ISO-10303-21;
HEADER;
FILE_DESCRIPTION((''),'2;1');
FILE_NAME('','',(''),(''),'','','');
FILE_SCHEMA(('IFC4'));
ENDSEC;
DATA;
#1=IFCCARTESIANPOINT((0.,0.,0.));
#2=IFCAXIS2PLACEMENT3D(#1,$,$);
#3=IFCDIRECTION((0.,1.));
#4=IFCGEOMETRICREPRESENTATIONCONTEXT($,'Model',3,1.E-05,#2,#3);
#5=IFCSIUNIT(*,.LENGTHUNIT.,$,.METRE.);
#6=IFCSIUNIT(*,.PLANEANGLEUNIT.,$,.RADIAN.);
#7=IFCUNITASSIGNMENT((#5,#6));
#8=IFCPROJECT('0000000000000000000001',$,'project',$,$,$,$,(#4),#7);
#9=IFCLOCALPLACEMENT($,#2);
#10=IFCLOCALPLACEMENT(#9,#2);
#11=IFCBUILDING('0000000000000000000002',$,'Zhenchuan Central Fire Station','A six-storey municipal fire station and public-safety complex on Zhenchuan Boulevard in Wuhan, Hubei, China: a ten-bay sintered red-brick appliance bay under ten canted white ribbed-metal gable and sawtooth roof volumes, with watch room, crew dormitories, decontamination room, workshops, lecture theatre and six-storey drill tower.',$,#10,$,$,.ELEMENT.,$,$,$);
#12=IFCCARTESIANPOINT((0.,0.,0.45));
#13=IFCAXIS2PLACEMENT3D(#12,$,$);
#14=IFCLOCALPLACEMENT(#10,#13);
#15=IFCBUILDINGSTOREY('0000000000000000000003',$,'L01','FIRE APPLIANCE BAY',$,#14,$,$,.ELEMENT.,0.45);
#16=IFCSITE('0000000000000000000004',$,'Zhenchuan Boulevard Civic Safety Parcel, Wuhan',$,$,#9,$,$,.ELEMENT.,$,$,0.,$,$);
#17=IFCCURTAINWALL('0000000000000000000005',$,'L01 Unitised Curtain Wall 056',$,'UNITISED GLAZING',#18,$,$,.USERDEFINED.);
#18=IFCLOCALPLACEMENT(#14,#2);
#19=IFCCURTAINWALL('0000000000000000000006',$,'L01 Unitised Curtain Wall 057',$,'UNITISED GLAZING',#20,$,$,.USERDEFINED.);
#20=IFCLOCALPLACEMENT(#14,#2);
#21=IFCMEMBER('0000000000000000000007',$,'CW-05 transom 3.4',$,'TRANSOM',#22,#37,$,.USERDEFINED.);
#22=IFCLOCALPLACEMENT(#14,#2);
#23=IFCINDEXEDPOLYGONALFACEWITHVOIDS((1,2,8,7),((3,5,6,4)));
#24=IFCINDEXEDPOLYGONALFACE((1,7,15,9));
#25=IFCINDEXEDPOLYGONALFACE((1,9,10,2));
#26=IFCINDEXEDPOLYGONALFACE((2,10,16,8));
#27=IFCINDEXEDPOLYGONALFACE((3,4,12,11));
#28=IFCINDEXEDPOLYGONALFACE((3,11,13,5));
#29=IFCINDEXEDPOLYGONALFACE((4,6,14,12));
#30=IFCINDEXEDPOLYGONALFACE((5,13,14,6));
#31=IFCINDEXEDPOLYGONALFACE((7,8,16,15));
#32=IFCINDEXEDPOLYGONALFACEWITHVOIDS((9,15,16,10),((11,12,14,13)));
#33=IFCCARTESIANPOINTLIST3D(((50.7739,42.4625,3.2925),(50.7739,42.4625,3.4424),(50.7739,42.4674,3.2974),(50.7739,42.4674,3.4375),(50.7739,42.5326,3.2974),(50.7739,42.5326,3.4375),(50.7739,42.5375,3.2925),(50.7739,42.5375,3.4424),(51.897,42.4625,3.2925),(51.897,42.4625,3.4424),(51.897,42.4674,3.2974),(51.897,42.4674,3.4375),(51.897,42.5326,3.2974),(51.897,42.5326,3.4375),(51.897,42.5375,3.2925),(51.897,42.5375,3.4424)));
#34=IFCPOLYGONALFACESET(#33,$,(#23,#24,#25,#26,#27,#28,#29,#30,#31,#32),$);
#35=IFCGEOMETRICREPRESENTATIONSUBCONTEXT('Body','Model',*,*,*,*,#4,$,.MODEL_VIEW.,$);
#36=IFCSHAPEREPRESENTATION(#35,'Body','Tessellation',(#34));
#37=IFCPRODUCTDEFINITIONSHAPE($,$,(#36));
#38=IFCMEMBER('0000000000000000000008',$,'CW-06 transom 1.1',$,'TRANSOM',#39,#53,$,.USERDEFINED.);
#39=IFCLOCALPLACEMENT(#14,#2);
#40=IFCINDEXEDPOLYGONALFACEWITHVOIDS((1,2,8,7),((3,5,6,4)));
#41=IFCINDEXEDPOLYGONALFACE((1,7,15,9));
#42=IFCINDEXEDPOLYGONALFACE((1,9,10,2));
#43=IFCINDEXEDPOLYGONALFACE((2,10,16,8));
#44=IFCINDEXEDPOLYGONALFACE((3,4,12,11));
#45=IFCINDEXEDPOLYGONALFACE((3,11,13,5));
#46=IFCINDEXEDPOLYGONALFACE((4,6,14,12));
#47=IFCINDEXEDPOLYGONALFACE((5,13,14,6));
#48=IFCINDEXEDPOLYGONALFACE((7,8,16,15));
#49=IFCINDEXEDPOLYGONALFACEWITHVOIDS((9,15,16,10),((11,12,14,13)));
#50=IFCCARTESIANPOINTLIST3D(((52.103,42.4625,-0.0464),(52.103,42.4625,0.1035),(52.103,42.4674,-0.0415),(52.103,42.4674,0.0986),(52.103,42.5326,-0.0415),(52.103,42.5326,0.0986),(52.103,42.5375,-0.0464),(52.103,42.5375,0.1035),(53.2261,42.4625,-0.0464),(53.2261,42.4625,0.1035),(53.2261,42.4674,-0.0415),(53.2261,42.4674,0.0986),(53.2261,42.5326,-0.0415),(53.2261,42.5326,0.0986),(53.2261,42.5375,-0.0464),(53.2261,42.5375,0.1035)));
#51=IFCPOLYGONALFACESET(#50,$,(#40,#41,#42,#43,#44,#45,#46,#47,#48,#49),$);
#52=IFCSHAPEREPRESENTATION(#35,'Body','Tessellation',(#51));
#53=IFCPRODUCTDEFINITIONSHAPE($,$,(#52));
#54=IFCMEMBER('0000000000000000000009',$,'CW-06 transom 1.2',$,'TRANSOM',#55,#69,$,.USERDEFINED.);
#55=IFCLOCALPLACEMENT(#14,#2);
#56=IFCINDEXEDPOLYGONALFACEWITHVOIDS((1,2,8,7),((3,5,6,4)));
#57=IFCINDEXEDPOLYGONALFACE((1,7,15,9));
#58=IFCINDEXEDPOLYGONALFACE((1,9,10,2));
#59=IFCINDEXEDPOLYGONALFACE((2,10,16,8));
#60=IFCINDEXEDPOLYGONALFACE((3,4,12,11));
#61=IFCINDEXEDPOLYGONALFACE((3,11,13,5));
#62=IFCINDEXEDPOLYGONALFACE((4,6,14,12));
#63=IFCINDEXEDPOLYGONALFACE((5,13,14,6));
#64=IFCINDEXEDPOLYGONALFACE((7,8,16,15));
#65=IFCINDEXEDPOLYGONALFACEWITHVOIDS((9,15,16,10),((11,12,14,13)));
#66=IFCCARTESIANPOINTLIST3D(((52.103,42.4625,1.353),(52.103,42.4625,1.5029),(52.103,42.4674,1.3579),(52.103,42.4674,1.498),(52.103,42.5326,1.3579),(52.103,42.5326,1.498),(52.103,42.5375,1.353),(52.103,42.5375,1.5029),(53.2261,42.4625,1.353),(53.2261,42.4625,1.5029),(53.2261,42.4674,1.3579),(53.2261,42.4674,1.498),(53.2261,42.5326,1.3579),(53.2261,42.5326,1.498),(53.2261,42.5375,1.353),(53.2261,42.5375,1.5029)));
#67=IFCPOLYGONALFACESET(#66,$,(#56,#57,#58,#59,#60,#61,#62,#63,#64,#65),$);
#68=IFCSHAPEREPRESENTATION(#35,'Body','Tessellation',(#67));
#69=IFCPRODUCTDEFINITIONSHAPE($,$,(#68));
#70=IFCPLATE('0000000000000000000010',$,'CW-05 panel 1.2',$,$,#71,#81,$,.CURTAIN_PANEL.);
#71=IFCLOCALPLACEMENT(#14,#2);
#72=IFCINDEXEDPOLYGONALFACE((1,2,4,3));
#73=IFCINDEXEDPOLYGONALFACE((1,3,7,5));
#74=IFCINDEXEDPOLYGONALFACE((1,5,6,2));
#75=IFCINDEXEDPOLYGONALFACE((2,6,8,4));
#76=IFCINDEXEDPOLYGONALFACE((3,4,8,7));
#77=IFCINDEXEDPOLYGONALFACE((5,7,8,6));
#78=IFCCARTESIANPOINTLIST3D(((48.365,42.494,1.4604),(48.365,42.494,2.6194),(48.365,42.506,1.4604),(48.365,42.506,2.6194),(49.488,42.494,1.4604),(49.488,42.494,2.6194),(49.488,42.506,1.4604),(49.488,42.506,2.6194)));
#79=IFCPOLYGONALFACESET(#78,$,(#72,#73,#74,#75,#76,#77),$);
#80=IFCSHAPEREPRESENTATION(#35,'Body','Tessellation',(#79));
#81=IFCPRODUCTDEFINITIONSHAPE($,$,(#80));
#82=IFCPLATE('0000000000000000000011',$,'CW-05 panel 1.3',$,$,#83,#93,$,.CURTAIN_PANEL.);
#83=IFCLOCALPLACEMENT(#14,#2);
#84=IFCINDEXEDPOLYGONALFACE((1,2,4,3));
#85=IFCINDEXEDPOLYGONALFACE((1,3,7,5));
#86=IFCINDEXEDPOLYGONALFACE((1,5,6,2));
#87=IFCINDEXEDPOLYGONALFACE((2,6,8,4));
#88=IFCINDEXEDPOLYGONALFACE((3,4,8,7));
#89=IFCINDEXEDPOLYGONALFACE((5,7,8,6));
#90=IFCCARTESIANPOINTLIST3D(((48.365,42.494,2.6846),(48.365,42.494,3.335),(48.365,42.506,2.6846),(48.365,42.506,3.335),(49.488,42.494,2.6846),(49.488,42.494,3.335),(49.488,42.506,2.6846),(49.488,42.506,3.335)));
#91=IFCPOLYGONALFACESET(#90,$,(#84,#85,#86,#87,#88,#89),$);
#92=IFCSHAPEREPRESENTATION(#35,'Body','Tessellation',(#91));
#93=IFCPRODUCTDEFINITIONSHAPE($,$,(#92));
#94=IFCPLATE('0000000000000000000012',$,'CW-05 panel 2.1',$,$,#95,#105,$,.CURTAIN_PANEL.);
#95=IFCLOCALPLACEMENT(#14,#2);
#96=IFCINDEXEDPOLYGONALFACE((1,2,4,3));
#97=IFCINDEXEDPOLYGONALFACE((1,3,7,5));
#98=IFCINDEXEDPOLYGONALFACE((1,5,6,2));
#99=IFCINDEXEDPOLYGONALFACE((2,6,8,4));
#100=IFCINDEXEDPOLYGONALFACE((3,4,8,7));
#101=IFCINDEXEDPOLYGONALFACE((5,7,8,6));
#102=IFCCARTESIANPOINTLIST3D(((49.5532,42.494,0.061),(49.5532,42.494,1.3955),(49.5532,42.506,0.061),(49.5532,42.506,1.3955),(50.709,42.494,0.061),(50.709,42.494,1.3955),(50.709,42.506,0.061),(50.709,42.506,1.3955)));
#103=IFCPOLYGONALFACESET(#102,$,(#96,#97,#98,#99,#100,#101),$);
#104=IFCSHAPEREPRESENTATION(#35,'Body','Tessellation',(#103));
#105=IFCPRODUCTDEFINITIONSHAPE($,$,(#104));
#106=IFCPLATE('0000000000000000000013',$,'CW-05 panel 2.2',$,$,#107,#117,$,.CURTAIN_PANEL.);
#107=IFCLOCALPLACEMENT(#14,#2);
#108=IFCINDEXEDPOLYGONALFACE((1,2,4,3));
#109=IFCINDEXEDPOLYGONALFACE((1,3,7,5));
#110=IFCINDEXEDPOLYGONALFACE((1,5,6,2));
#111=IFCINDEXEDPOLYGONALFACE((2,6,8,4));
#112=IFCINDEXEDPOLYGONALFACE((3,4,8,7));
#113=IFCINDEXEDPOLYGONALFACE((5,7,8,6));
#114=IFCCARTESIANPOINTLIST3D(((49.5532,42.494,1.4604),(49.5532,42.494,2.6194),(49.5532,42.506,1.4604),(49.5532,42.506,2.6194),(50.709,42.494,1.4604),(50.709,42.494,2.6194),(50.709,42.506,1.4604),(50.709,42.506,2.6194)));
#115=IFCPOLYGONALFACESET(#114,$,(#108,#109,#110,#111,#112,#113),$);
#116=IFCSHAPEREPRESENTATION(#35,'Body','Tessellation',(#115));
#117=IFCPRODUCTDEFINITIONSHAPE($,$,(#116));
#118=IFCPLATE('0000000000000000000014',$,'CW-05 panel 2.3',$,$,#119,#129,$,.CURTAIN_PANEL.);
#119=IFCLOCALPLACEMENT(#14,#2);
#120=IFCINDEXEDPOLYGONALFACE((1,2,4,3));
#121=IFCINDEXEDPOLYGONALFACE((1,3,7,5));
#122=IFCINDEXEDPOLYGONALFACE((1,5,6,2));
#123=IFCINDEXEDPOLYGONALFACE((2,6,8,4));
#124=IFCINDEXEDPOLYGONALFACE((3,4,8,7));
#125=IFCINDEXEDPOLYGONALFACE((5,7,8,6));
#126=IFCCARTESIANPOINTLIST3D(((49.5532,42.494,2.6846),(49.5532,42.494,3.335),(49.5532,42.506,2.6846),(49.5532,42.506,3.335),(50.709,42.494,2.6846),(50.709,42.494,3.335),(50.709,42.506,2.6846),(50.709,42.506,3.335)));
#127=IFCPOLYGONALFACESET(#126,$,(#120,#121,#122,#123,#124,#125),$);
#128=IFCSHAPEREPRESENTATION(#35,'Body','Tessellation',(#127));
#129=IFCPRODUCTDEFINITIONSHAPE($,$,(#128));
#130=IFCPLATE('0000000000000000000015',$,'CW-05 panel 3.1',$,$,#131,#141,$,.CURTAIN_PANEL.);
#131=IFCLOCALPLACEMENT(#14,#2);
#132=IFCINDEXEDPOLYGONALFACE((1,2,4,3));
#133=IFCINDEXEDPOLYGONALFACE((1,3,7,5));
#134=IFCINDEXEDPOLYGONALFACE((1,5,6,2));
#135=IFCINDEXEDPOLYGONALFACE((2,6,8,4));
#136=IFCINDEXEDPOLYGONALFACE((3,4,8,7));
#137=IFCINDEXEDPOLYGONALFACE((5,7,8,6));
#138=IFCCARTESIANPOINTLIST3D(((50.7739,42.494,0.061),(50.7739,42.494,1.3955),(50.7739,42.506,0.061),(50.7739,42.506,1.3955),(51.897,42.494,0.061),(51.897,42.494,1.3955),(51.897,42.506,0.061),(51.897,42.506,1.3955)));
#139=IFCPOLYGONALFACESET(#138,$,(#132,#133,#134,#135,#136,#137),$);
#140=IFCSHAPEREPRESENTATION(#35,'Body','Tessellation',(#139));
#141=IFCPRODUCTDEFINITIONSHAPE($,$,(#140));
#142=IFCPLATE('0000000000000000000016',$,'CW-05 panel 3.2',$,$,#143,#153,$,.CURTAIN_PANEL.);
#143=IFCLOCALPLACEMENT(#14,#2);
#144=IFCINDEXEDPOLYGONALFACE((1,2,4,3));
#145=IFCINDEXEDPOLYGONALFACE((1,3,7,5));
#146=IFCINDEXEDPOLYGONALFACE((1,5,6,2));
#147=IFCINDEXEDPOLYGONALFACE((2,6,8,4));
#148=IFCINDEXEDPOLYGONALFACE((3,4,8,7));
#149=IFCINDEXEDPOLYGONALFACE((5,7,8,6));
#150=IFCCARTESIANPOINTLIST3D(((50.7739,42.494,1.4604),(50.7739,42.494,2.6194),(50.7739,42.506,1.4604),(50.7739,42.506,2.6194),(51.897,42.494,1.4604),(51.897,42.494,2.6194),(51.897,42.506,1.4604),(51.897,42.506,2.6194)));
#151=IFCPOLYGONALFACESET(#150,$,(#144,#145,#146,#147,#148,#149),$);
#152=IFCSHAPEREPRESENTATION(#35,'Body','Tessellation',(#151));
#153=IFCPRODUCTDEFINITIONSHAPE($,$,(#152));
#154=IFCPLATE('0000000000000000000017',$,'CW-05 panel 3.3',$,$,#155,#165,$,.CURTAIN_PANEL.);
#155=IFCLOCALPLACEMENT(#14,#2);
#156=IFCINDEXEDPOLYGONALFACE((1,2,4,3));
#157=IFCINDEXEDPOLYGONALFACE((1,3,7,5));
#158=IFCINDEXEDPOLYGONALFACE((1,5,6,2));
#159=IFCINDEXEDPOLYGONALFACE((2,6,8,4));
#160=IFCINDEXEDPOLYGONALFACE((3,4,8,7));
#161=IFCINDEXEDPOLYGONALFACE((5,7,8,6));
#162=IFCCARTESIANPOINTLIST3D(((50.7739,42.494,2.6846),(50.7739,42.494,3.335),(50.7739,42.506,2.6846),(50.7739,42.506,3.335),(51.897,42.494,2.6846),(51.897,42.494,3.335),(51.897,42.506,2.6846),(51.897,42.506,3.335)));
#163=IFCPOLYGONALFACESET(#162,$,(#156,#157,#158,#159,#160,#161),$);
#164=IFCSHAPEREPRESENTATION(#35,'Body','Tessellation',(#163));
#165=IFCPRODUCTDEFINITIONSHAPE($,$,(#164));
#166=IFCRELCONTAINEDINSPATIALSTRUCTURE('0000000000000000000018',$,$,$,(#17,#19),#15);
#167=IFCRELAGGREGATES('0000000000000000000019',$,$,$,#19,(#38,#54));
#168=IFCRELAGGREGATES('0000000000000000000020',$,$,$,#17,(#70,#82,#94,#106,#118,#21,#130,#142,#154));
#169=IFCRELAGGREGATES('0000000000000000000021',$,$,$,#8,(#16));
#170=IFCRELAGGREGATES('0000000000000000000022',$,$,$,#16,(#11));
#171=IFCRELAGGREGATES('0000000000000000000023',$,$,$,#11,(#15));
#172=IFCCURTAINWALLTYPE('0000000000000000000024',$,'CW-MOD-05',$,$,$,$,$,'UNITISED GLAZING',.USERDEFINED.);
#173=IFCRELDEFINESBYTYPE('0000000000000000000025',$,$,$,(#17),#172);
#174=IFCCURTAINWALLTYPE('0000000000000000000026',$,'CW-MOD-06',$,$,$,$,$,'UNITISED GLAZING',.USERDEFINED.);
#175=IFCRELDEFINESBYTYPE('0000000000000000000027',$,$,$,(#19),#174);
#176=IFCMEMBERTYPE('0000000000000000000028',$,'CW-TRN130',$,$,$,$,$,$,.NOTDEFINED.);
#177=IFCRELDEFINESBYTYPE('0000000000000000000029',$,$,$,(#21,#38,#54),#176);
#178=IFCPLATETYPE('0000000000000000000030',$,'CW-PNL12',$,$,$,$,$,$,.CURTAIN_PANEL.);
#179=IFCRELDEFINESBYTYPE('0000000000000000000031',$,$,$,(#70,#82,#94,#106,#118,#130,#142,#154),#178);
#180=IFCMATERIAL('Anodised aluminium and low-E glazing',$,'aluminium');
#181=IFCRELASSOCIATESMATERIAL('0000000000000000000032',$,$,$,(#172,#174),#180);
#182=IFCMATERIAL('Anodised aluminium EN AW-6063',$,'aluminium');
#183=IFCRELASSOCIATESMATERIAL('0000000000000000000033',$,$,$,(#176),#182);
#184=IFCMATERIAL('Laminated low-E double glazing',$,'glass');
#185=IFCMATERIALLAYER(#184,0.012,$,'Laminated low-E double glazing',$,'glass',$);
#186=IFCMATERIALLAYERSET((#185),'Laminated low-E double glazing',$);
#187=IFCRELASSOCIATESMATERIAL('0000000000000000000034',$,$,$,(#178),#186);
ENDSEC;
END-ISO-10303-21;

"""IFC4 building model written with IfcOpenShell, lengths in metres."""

from ifc_helpers import new_model, si_unit, direction, frame, origin, origin_2d, place, context, subcontext, project, spatial, rectangle, hollow_rectangle, extrude, material, layer, layer_set, material_profile, profile_set, type_object, element, aggregate, save


model = new_model("IFC4")

# Units and contexts
model_context = context("Model", 3, precision=1e-05, world=origin(), true_north=direction((0.0, 1.0)))
body_context = subcontext(model_context, "Body", "Model", "MODEL_VIEW")
ifc_project = project(units=[si_unit("LENGTHUNIT", "METRE"), si_unit("PLANEANGLEUNIT", "RADIAN")], contexts=[model_context])

# Site, building, storey
site_placement = place(None, origin())
site = spatial("IfcSite", under=ifc_project, at=site_placement, Name="Zhenchuan Boulevard Civic Safety Parcel, Wuhan", CompositionType="ELEMENT", RefElevation=0.0)
building_placement = place(site_placement, origin())
building = spatial("IfcBuilding", under=site, at=building_placement, Name="Zhenchuan Central Fire Station", Description="A six-storey municipal fire station and public-safety complex on Zhenchuan Boulevard in Wuhan, Hubei, China: a ten-bay sintered red-brick appliance bay under ten canted white ribbed-metal gable and sawtooth roof volumes, with watch room, crew dormitories, decontamination room, workshops, lecture theatre and six-storey drill tower.", CompositionType="ELEMENT")
storey_placement = place(building_placement, frame((0.0, 0.0, 0.45)))
storey = spatial("IfcBuildingStorey", under=building, at=storey_placement, Name="L01", Description="FIRE APPLIANCE BAY", CompositionType="ELEMENT", Elevation=0.45)

# Curtain wall
ifc_material_1 = material(Name="Anodised aluminium and low-E glazing", Category="aluminium")
curtain_wall_type_1 = type_object("IfcCurtainWallType", Name="CW-MOD-05", ElementType="UNITISED GLAZING", PredefinedType="USERDEFINED", material=ifc_material_1)
curtain_wall_1_placement = place(storey_placement, origin())
curtain_wall_1 = element("IfcCurtainWall", 1, at=curtain_wall_1_placement, inside=storey, type_object=curtain_wall_type_1, Name="L01 Unitised Curtain Wall 056", ObjectType="UNITISED GLAZING", PredefinedType="USERDEFINED")
ifc_material_2 = material(Name="Anodised aluminium EN AW-6063", Category="aluminium")

# Curtain wall
curtain_wall_type_2 = type_object("IfcCurtainWallType", Name="CW-MOD-06", ElementType="UNITISED GLAZING", PredefinedType="USERDEFINED", material=ifc_material_1)
curtain_wall_2_placement = place(storey_placement, origin())
curtain_wall_2 = element("IfcCurtainWall", 2, at=curtain_wall_2_placement, inside=storey, type_object=curtain_wall_type_2, Name="L01 Unitised Curtain Wall 057", ObjectType="UNITISED GLAZING", PredefinedType="USERDEFINED")

# Members
ifc_material_profile_1 = material_profile(ifc_material_2, hollow_rectangle(XDim=0.075, YDim=0.1499, WallThickness=0.0049, at=origin_2d()), Name="ALU-T 150x75")
ifc_profile_set_1 = profile_set([ifc_material_profile_1], Name="Anodised aluminium EN AW-6063")
member_type_1 = type_object("IfcMemberType", Name="CW-TRN130", PredefinedType="NOTDEFINED", material=ifc_profile_set_1)
member_1_placement = place(storey_placement, frame((50.7739, 42.5, 3.3674), z_axis=(1.0, 0.0, 0.0), x_axis=(0.0, 1.0, 0.0)))
member_1 = element("IfcMember", 3, at=member_1_placement, type_object=member_type_1, Name="CW-05 transom 3.4", ObjectType="TRANSOM", PredefinedType="USERDEFINED", context=body_context, shape_type="SweptSolid", body=[
    extrude(hollow_rectangle(XDim=0.075, YDim=0.1499, WallThickness=0.0049, at=origin_2d()), origin(), (0.0, 0.0, 1.0), 1.123),
])
member_2_placement = place(storey_placement, frame((52.103, 42.5, 0.0286), z_axis=(1.0, 0.0, 0.0), x_axis=(0.0, 1.0, 0.0)))
member_2 = element("IfcMember", 4, at=member_2_placement, type_object=member_type_1, Name="CW-06 transom 1.1", ObjectType="TRANSOM", PredefinedType="USERDEFINED", context=body_context, shape_type="SweptSolid", body=[
    extrude(hollow_rectangle(XDim=0.075, YDim=0.1499, WallThickness=0.0049, at=origin_2d()), origin(), (0.0, 0.0, 1.0), 1.123),
])
member_3_placement = place(storey_placement, frame((52.103, 42.5, 1.428), z_axis=(1.0, 0.0, 0.0), x_axis=(0.0, 1.0, 0.0)))
member_3 = element("IfcMember", 5, at=member_3_placement, type_object=member_type_1, Name="CW-06 transom 1.2", ObjectType="TRANSOM", PredefinedType="USERDEFINED", context=body_context, shape_type="SweptSolid", body=[
    extrude(hollow_rectangle(XDim=0.075, YDim=0.1499, WallThickness=0.0049, at=origin_2d()), origin(), (0.0, 0.0, 1.0), 1.123),
])
aggregate(curtain_wall_2, [member_2, member_3])

# Plates
ifc_material_3 = material(Name="Laminated low-E double glazing", Category="glass")
ifc_layer = layer(ifc_material_3, 0.012, Name="Laminated low-E double glazing", Category="glass")
ifc_layer_set = layer_set([ifc_layer], Name="Laminated low-E double glazing")
plate_type = type_object("IfcPlateType", Name="CW-PNL12", PredefinedType="CURTAIN_PANEL", material=ifc_layer_set)
plate_1_placement = place(storey_placement, frame((48.9265, 42.5, 1.4604), z_axis=(0.0, 0.0, 1.0), x_axis=(1.0, 0.0, 0.0)))
plate_1 = element("IfcPlate", 6, at=plate_1_placement, type_object=plate_type, Name="CW-05 panel 1.2", PredefinedType="CURTAIN_PANEL", context=body_context, shape_type="SweptSolid", body=[
    extrude(rectangle(XDim=1.123, YDim=0.012, at=origin_2d()), origin(), (0.0, 0.0, 1.0), 1.1589),
])
plate_2_placement = place(storey_placement, frame((48.9265, 42.5, 2.6846), z_axis=(0.0, 0.0, 1.0), x_axis=(1.0, 0.0, 0.0)))
plate_2 = element("IfcPlate", 7, at=plate_2_placement, type_object=plate_type, Name="CW-05 panel 1.3", PredefinedType="CURTAIN_PANEL", context=body_context, shape_type="SweptSolid", body=[
    extrude(rectangle(XDim=1.123, YDim=0.012, at=origin_2d()), origin(), (0.0, 0.0, 1.0), 0.6504),
])
plate_3_placement = place(storey_placement, frame((50.1311, 42.5, 0.061), z_axis=(0.0, 0.0, 1.0), x_axis=(1.0, 0.0, 0.0)))
plate_3 = element("IfcPlate", 8, at=plate_3_placement, type_object=plate_type, Name="CW-05 panel 2.1", PredefinedType="CURTAIN_PANEL", context=body_context, shape_type="SweptSolid", body=[
    extrude(rectangle(XDim=1.1558, YDim=0.012, at=origin_2d()), origin(), (0.0, 0.0, 1.0), 1.3345),
])
plate_4_placement = place(storey_placement, frame((50.1311, 42.5, 1.4604), z_axis=(0.0, 0.0, 1.0), x_axis=(1.0, 0.0, 0.0)))
plate_4 = element("IfcPlate", 9, at=plate_4_placement, type_object=plate_type, Name="CW-05 panel 2.2", PredefinedType="CURTAIN_PANEL", context=body_context, shape_type="SweptSolid", body=[
    extrude(rectangle(XDim=1.1558, YDim=0.012, at=origin_2d()), origin(), (0.0, 0.0, 1.0), 1.1589),
])
plate_5_placement = place(storey_placement, frame((50.1311, 42.5, 2.6846), z_axis=(0.0, 0.0, 1.0), x_axis=(1.0, 0.0, 0.0)))
plate_5 = element("IfcPlate", 10, at=plate_5_placement, type_object=plate_type, Name="CW-05 panel 2.3", PredefinedType="CURTAIN_PANEL", context=body_context, shape_type="SweptSolid", body=[
    extrude(rectangle(XDim=1.1558, YDim=0.012, at=origin_2d()), origin(), (0.0, 0.0, 1.0), 0.6504),
])
plate_6_placement = place(storey_placement, frame((51.3354, 42.5, 0.061), z_axis=(0.0, 0.0, 1.0), x_axis=(1.0, 0.0, 0.0)))
plate_6 = element("IfcPlate", 11, at=plate_6_placement, type_object=plate_type, Name="CW-05 panel 3.1", PredefinedType="CURTAIN_PANEL", context=body_context, shape_type="SweptSolid", body=[
    extrude(rectangle(XDim=1.123, YDim=0.012, at=origin_2d()), origin(), (0.0, 0.0, 1.0), 1.3345),
])
plate_7_placement = place(storey_placement, frame((51.3354, 42.5, 1.4604), z_axis=(0.0, 0.0, 1.0), x_axis=(1.0, 0.0, 0.0)))
plate_7 = element("IfcPlate", 12, at=plate_7_placement, type_object=plate_type, Name="CW-05 panel 3.2", PredefinedType="CURTAIN_PANEL", context=body_context, shape_type="SweptSolid", body=[
    extrude(rectangle(XDim=1.123, YDim=0.012, at=origin_2d()), origin(), (0.0, 0.0, 1.0), 1.1589),
])
plate_8_placement = place(storey_placement, frame((51.3354, 42.5, 2.6846), z_axis=(0.0, 0.0, 1.0), x_axis=(1.0, 0.0, 0.0)))
plate_8 = element("IfcPlate", 13, at=plate_8_placement, type_object=plate_type, Name="CW-05 panel 3.3", PredefinedType="CURTAIN_PANEL", context=body_context, shape_type="SweptSolid", body=[
    extrude(rectangle(XDim=1.123, YDim=0.012, at=origin_2d()), origin(), (0.0, 0.0, 1.0), 0.6504),
])
aggregate(curtain_wall_1, [plate_1, plate_2, plate_3, plate_4, plate_5, member_1, plate_6, plate_7, plate_8])

save(model, "model.ifc")
